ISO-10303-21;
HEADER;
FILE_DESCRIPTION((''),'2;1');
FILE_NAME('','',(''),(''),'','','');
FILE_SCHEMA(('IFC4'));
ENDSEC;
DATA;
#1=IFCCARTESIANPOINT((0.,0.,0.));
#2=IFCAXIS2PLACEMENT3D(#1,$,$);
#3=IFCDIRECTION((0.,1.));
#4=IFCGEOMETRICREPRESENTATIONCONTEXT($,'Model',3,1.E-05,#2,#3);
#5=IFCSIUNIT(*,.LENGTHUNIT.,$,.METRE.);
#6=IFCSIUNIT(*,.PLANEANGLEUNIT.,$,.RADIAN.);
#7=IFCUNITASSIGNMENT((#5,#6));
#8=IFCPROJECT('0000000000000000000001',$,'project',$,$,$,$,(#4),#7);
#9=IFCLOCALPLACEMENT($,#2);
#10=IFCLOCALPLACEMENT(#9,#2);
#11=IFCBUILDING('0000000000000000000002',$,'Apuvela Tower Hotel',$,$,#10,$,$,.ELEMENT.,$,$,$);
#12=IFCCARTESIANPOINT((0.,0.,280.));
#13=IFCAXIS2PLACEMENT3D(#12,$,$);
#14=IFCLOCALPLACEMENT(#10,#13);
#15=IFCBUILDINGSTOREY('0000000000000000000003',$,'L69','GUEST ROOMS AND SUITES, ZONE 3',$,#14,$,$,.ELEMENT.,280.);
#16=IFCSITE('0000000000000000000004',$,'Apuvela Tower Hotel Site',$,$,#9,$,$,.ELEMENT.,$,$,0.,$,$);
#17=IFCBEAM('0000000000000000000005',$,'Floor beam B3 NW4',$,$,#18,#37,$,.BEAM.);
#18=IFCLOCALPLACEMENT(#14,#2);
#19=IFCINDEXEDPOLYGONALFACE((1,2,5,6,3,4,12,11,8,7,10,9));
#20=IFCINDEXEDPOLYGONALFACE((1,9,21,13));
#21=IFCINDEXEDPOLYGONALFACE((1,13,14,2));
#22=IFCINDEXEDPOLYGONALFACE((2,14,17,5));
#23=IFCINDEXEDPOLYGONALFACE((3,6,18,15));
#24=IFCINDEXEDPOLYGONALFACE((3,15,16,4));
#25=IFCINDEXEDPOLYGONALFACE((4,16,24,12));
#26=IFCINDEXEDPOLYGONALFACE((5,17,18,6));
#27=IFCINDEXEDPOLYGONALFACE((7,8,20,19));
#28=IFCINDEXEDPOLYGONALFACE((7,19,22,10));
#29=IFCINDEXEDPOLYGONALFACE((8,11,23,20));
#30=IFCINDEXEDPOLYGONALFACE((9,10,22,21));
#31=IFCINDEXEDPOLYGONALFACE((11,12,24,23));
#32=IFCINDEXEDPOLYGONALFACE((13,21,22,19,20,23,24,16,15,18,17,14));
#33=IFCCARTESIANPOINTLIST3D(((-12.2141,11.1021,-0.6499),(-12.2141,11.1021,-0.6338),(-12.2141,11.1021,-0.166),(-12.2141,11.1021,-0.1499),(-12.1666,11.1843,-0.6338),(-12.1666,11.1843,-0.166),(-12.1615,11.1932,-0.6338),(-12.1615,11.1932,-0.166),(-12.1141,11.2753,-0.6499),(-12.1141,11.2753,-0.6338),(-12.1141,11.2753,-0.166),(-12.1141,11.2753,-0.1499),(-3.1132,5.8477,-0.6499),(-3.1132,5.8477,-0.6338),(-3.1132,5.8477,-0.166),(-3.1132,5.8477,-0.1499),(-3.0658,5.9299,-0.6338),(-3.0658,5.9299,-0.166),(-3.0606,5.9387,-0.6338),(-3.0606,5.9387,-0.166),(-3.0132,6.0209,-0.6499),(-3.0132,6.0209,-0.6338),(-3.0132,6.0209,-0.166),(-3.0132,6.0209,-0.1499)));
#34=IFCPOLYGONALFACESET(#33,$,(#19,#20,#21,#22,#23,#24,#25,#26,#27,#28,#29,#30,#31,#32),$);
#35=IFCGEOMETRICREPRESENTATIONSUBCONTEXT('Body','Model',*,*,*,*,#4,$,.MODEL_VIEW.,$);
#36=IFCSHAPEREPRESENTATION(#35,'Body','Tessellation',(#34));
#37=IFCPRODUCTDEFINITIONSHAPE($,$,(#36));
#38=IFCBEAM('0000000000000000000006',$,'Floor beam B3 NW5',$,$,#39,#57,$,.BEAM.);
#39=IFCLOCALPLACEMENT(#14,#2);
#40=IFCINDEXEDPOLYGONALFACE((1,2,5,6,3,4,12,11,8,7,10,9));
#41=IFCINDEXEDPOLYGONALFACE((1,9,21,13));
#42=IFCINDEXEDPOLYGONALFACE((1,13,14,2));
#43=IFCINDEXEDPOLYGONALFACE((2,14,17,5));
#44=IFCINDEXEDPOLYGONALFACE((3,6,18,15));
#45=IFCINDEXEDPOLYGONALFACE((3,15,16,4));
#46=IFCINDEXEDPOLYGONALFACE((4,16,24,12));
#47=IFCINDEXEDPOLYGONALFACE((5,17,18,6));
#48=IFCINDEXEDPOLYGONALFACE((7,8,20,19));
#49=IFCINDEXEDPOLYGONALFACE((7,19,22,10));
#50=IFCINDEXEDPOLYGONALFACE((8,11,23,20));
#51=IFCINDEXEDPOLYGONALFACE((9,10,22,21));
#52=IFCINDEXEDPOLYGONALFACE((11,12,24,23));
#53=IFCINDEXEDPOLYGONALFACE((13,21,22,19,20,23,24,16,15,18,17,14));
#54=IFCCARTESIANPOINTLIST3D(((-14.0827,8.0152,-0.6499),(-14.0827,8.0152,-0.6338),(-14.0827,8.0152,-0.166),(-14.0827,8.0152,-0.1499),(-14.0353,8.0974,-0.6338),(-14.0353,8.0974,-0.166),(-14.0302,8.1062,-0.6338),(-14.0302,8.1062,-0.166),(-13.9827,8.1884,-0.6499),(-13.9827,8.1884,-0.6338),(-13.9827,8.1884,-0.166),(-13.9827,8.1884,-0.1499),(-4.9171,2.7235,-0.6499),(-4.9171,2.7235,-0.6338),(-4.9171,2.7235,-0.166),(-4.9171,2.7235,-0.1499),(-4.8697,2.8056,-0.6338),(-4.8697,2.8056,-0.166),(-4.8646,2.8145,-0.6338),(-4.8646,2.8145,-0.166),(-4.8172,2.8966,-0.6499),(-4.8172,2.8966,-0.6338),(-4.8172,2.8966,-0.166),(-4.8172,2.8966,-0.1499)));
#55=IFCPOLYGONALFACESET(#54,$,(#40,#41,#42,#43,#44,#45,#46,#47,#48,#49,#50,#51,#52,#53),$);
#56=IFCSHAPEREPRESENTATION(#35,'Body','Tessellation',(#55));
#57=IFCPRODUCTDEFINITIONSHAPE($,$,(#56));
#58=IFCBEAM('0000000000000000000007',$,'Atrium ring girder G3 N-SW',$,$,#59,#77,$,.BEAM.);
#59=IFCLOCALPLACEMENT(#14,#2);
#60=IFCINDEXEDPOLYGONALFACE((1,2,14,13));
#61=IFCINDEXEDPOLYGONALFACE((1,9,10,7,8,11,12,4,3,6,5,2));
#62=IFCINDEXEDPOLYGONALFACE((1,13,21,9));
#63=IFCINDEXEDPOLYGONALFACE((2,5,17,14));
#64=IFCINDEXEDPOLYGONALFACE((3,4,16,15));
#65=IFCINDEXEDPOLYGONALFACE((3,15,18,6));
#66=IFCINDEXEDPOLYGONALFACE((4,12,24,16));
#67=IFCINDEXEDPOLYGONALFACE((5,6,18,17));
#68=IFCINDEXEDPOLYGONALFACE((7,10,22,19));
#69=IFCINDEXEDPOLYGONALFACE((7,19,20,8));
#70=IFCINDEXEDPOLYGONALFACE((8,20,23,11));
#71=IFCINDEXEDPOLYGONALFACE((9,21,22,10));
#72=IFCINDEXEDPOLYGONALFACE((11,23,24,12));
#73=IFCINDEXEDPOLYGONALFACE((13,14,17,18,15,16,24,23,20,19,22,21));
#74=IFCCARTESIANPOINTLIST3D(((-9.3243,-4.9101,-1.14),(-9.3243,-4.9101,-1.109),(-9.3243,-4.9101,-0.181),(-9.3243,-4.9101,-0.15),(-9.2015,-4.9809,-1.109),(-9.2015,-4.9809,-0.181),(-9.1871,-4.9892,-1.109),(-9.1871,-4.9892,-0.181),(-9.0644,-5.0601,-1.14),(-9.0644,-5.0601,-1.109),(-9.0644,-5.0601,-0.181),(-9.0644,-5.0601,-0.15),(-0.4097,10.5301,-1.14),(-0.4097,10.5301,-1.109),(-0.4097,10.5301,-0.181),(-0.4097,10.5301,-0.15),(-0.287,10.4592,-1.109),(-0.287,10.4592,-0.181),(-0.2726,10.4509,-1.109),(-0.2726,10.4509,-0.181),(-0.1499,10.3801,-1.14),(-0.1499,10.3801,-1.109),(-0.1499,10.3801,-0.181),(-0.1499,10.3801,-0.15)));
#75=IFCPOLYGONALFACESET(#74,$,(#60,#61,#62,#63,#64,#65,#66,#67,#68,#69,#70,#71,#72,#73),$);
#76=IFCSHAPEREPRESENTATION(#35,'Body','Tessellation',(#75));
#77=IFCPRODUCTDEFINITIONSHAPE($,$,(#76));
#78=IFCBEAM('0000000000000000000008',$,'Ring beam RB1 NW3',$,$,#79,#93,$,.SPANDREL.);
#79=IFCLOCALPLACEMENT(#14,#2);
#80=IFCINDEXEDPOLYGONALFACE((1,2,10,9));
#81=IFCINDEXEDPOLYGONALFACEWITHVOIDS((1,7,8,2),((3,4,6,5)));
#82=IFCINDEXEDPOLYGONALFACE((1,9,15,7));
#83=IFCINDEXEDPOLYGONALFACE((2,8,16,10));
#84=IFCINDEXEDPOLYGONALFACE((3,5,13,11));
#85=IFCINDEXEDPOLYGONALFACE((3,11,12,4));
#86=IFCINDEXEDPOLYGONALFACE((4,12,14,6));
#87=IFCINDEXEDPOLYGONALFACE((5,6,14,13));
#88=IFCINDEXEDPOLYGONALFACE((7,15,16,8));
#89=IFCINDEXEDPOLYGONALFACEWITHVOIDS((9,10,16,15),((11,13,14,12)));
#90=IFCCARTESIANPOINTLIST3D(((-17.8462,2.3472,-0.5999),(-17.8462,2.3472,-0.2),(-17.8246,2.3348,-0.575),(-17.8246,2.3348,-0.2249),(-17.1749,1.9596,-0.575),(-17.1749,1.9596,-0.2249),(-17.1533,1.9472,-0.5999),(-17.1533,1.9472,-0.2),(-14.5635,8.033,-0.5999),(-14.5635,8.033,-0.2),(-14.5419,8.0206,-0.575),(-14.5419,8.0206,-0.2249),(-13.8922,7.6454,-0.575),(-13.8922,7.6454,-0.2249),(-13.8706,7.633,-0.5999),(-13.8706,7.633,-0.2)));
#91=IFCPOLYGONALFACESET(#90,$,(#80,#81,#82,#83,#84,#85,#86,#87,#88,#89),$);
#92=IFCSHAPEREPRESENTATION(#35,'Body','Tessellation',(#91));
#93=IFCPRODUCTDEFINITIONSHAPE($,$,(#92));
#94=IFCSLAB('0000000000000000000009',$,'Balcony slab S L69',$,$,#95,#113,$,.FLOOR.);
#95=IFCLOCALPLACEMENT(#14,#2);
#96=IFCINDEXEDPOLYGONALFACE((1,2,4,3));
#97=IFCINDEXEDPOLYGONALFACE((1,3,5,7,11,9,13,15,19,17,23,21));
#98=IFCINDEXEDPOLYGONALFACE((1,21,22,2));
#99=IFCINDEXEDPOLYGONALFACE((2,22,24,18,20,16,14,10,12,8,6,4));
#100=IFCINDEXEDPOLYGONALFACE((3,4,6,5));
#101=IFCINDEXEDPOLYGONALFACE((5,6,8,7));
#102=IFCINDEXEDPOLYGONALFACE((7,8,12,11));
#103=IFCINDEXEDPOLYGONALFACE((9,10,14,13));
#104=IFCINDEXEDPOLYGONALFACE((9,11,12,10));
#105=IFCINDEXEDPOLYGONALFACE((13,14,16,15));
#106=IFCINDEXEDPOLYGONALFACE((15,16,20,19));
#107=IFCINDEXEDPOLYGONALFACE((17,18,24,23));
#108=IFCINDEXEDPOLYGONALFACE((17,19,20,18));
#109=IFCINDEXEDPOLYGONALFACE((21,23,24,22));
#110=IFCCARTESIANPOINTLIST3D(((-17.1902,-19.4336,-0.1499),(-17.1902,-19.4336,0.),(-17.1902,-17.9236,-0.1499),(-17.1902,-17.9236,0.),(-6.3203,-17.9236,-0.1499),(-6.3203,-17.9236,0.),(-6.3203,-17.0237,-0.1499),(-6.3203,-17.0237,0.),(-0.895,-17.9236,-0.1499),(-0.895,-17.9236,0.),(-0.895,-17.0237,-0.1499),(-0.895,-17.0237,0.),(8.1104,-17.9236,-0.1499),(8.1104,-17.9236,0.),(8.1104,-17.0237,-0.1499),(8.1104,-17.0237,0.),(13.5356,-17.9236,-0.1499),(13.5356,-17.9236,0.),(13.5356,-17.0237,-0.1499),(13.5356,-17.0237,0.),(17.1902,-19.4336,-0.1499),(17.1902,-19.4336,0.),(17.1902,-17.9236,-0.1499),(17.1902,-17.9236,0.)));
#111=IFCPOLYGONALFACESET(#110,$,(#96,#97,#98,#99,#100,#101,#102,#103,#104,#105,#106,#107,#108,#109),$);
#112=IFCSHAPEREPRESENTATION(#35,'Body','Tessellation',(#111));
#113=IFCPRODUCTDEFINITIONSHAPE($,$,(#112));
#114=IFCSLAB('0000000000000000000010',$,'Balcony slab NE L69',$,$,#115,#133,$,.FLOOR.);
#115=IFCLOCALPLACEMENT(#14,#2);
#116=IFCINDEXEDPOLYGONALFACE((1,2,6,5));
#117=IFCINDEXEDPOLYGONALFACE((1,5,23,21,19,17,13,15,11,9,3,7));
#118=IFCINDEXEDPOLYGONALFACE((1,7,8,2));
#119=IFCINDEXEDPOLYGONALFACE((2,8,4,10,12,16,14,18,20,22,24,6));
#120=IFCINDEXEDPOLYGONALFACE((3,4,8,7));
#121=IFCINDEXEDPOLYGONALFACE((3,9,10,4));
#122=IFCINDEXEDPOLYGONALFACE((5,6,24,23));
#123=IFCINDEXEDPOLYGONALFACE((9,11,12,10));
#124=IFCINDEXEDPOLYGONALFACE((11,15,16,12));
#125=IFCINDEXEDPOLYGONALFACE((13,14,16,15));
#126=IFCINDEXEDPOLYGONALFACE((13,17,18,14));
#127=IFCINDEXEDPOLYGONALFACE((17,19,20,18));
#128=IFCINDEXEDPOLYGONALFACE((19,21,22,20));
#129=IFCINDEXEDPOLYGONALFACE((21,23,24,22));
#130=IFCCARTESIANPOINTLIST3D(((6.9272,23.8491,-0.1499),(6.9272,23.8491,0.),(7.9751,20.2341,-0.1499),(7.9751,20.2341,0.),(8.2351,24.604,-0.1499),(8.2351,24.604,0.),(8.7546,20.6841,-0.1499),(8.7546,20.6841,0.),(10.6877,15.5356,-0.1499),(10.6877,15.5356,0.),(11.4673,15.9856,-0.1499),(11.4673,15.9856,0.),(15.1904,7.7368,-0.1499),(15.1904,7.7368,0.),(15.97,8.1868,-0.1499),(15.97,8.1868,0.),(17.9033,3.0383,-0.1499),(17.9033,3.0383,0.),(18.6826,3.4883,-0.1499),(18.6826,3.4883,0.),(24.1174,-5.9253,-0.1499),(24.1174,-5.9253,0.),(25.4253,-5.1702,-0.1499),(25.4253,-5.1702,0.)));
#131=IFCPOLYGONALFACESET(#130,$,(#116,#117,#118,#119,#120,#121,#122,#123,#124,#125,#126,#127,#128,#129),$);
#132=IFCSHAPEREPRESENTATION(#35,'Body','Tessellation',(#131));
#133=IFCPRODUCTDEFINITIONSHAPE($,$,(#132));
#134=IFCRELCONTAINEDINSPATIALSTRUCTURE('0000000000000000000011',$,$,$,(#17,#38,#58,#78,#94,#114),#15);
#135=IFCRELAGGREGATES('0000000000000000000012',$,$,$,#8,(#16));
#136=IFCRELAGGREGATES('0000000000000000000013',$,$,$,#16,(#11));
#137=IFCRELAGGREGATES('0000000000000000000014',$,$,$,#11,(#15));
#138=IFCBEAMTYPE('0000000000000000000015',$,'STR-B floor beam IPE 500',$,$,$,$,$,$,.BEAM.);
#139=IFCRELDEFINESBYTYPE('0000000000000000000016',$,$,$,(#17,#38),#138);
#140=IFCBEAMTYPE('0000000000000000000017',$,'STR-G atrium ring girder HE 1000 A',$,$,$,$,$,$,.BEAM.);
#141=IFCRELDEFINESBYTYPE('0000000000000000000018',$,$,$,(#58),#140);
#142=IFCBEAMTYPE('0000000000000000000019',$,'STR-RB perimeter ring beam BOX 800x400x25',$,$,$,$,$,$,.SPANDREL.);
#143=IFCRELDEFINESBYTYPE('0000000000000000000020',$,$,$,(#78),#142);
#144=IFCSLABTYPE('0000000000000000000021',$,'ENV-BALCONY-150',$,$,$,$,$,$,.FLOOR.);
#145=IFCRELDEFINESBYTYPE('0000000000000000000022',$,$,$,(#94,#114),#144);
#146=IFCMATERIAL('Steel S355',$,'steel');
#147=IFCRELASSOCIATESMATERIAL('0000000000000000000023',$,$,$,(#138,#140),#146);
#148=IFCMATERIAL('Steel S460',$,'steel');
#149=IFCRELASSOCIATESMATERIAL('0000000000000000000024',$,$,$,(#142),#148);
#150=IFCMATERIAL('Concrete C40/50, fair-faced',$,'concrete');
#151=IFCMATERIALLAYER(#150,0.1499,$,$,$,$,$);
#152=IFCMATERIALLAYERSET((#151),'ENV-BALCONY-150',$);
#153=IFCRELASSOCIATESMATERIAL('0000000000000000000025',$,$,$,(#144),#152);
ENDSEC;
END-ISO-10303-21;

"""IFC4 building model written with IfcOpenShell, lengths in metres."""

from ifc_helpers import new_model, si_unit, direction, frame, origin, origin_2d, place, context, subcontext, project, spatial, polyline, hollow_rectangle, i_section, outline, extrude, material, layer, layer_set, material_profile, profile_set, type_object, element, save


model = new_model("IFC4")

# Units and contexts
model_context = context("Model", 3, precision=1e-05, world=origin(), true_north=direction((0.0, 1.0)))
body_context = subcontext(model_context, "Body", "Model", "MODEL_VIEW")
ifc_project = project(units=[si_unit("LENGTHUNIT", "METRE"), si_unit("PLANEANGLEUNIT", "RADIAN")], contexts=[model_context])

# Site, building, storey
site_placement = place(None, origin())
site = spatial("IfcSite", under=ifc_project, at=site_placement, Name="Apuvela Tower Hotel Site", CompositionType="ELEMENT", RefElevation=0.0)
building_placement = place(site_placement, origin())
building = spatial("IfcBuilding", under=site, at=building_placement, Name="Apuvela Tower Hotel", CompositionType="ELEMENT")
storey_placement = place(building_placement, frame((0.0, 0.0, 280.0)))
storey = spatial("IfcBuildingStorey", under=building, at=storey_placement, Name="L69", Description="GUEST ROOMS AND SUITES, ZONE 3", CompositionType="ELEMENT", Elevation=280.0)

# Beams
ifc_material_1 = material(Name="Steel S355", Category="steel")
ifc_material_profile_1 = material_profile(ifc_material_1, i_section(OverallWidth=0.2, OverallDepth=0.5, WebThickness=0.0103, FlangeThickness=0.0161, at=origin_2d()), Name="IPE 500")
ifc_profile_set_1 = profile_set([ifc_material_profile_1], Name="Steel S355")
beam_type_1 = type_object("IfcBeamType", Name="STR-B floor beam IPE 500", PredefinedType="BEAM", material=ifc_profile_set_1)
beam_1_placement = place(storey_placement, frame((-12.1641, 11.1887, -0.3999), z_axis=(0.866024, -0.500002, 0.0), x_axis=(0.500002, 0.866024, 0.0)))
element("IfcBeam", 1, at=beam_1_placement, inside=storey, type_object=beam_type_1, Name="Floor beam B3 NW4", PredefinedType="BEAM", context=body_context, shape_type="SweptSolid", body=[
    extrude(i_section(OverallWidth=0.2, OverallDepth=0.5, WebThickness=0.0103, FlangeThickness=0.0161, at=origin_2d()), origin(), (0.0, 0.0, 1.0), 10.5088),
])
beam_2_placement = place(storey_placement, frame((-14.0327, 8.1018, -0.3999), z_axis=(0.866024, -0.500002, 0.0), x_axis=(0.500002, 0.866024, 0.0)))
element("IfcBeam", 2, at=beam_2_placement, inside=storey, type_object=beam_type_1, Name="Floor beam B3 NW5", PredefinedType="BEAM", context=body_context, shape_type="SweptSolid", body=[
    extrude(i_section(OverallWidth=0.2, OverallDepth=0.5, WebThickness=0.0103, FlangeThickness=0.0161, at=origin_2d()), origin(), (0.0, 0.0, 1.0), 10.5835),
])
ifc_material_profile_2 = material_profile(ifc_material_1, i_section(OverallWidth=0.3, OverallDepth=0.99, WebThickness=0.0166, FlangeThickness=0.031, at=origin_2d()), Name="HE 1000 A")
ifc_profile_set_2 = profile_set([ifc_material_profile_2], Name="Steel S355")
beam_type_2 = type_object("IfcBeamType", Name="STR-G atrium ring girder HE 1000 A", PredefinedType="BEAM", material=ifc_profile_set_2)
beam_3_placement = place(storey_placement, frame((-0.2798, 10.4551, -0.645), z_axis=(-0.500007, -0.866022, 0.0), x_axis=(0.866022, -0.500007, 0.0)))
element("IfcBeam", 3, at=beam_3_placement, inside=storey, type_object=beam_type_2, Name="Atrium ring girder G3 N-SW", PredefinedType="BEAM", context=body_context, shape_type="SweptSolid", body=[
    extrude(i_section(OverallWidth=0.3, OverallDepth=0.99, WebThickness=0.0166, FlangeThickness=0.031, at=origin_2d()), origin(), (0.0, 0.0, 1.0), 17.8289),
])
ifc_material_2 = material(Name="Steel S460", Category="steel")
ifc_material_profile_3 = material_profile(ifc_material_2, hollow_rectangle(XDim=0.8, YDim=0.3999, WallThickness=0.0249, at=origin_2d()), Name="BOX 800x400x25")
ifc_profile_set_3 = profile_set([ifc_material_profile_3], Name="Steel S460")
beam_type_3 = type_object("IfcBeamType", Name="STR-RB perimeter ring beam BOX 800x400x25", PredefinedType="SPANDREL", material=ifc_profile_set_3)
beam_4_placement = place(storey_placement, frame((-14.217, 7.833, -0.3999), z_axis=(-0.500002, -0.866024, 0.0), x_axis=(0.866024, -0.500002, 0.0)))
element("IfcBeam", 4, at=beam_4_placement, inside=storey, type_object=beam_type_3, Name="Ring beam RB1 NW3", PredefinedType="SPANDREL", context=body_context, shape_type="SweptSolid", body=[
    extrude(hollow_rectangle(XDim=0.8, YDim=0.3999, WallThickness=0.0249, at=origin_2d()), origin(), (0.0, 0.0, 1.0), 6.5654),
])

# Slabs
ifc_material_3 = material(Name="Concrete C40/50, fair-faced", Category="concrete")
ifc_layer_1 = layer(ifc_material_3, 0.1499)
ifc_layer_set_1 = layer_set([ifc_layer_1], Name="ENV-BALCONY-150")
slab_type_1 = type_object("IfcSlabType", Name="ENV-BALCONY-150", PredefinedType="FLOOR", material=ifc_layer_set_1)
slab_1_placement = place(storey_placement, frame((0.0, 0.0, -0.1499)))
element("IfcSlab", 5, at=slab_1_placement, inside=storey, type_object=slab_type_1, Name="Balcony slab S L69", PredefinedType="FLOOR", context=body_context, shape_type="SweptSolid", body=[
    extrude(outline(polyline([(17.1902, -19.4336), (-17.1902, -19.4336), (-17.1902, -17.9236), (-6.3203, -17.9236), (-6.3203, -17.0237), (-0.895, -17.0237), (-0.895, -17.9236), (8.1104, -17.9236), (8.1104, -17.0237), (13.5356, -17.0237), (13.5356, -17.9236), (17.1902, -17.9236), (17.1902, -19.4336)])), origin(), (0.0, 0.0, 1.0), 0.1499),
])
slab_2_placement = place(storey_placement, frame((0.0, 0.0, -0.1499)))
element("IfcSlab", 6, at=slab_2_placement, inside=storey, type_object=slab_type_1, Name="Balcony slab NE L69", PredefinedType="FLOOR", context=body_context, shape_type="SweptSolid", body=[
    extrude(outline(polyline([(15.97, 8.1868), (11.4673, 15.9856), (10.6877, 15.5356), (7.9751, 20.2341), (8.7546, 20.6841), (6.9272, 23.8491), (8.2351, 24.604), (25.4253, -5.1702), (24.1174, -5.9253), (18.6826, 3.4883), (17.9033, 3.0383), (15.1904, 7.7368), (15.97, 8.1868)])), origin(), (0.0, 0.0, 1.0), 0.1499),
])

save(model, "model.ifc")
